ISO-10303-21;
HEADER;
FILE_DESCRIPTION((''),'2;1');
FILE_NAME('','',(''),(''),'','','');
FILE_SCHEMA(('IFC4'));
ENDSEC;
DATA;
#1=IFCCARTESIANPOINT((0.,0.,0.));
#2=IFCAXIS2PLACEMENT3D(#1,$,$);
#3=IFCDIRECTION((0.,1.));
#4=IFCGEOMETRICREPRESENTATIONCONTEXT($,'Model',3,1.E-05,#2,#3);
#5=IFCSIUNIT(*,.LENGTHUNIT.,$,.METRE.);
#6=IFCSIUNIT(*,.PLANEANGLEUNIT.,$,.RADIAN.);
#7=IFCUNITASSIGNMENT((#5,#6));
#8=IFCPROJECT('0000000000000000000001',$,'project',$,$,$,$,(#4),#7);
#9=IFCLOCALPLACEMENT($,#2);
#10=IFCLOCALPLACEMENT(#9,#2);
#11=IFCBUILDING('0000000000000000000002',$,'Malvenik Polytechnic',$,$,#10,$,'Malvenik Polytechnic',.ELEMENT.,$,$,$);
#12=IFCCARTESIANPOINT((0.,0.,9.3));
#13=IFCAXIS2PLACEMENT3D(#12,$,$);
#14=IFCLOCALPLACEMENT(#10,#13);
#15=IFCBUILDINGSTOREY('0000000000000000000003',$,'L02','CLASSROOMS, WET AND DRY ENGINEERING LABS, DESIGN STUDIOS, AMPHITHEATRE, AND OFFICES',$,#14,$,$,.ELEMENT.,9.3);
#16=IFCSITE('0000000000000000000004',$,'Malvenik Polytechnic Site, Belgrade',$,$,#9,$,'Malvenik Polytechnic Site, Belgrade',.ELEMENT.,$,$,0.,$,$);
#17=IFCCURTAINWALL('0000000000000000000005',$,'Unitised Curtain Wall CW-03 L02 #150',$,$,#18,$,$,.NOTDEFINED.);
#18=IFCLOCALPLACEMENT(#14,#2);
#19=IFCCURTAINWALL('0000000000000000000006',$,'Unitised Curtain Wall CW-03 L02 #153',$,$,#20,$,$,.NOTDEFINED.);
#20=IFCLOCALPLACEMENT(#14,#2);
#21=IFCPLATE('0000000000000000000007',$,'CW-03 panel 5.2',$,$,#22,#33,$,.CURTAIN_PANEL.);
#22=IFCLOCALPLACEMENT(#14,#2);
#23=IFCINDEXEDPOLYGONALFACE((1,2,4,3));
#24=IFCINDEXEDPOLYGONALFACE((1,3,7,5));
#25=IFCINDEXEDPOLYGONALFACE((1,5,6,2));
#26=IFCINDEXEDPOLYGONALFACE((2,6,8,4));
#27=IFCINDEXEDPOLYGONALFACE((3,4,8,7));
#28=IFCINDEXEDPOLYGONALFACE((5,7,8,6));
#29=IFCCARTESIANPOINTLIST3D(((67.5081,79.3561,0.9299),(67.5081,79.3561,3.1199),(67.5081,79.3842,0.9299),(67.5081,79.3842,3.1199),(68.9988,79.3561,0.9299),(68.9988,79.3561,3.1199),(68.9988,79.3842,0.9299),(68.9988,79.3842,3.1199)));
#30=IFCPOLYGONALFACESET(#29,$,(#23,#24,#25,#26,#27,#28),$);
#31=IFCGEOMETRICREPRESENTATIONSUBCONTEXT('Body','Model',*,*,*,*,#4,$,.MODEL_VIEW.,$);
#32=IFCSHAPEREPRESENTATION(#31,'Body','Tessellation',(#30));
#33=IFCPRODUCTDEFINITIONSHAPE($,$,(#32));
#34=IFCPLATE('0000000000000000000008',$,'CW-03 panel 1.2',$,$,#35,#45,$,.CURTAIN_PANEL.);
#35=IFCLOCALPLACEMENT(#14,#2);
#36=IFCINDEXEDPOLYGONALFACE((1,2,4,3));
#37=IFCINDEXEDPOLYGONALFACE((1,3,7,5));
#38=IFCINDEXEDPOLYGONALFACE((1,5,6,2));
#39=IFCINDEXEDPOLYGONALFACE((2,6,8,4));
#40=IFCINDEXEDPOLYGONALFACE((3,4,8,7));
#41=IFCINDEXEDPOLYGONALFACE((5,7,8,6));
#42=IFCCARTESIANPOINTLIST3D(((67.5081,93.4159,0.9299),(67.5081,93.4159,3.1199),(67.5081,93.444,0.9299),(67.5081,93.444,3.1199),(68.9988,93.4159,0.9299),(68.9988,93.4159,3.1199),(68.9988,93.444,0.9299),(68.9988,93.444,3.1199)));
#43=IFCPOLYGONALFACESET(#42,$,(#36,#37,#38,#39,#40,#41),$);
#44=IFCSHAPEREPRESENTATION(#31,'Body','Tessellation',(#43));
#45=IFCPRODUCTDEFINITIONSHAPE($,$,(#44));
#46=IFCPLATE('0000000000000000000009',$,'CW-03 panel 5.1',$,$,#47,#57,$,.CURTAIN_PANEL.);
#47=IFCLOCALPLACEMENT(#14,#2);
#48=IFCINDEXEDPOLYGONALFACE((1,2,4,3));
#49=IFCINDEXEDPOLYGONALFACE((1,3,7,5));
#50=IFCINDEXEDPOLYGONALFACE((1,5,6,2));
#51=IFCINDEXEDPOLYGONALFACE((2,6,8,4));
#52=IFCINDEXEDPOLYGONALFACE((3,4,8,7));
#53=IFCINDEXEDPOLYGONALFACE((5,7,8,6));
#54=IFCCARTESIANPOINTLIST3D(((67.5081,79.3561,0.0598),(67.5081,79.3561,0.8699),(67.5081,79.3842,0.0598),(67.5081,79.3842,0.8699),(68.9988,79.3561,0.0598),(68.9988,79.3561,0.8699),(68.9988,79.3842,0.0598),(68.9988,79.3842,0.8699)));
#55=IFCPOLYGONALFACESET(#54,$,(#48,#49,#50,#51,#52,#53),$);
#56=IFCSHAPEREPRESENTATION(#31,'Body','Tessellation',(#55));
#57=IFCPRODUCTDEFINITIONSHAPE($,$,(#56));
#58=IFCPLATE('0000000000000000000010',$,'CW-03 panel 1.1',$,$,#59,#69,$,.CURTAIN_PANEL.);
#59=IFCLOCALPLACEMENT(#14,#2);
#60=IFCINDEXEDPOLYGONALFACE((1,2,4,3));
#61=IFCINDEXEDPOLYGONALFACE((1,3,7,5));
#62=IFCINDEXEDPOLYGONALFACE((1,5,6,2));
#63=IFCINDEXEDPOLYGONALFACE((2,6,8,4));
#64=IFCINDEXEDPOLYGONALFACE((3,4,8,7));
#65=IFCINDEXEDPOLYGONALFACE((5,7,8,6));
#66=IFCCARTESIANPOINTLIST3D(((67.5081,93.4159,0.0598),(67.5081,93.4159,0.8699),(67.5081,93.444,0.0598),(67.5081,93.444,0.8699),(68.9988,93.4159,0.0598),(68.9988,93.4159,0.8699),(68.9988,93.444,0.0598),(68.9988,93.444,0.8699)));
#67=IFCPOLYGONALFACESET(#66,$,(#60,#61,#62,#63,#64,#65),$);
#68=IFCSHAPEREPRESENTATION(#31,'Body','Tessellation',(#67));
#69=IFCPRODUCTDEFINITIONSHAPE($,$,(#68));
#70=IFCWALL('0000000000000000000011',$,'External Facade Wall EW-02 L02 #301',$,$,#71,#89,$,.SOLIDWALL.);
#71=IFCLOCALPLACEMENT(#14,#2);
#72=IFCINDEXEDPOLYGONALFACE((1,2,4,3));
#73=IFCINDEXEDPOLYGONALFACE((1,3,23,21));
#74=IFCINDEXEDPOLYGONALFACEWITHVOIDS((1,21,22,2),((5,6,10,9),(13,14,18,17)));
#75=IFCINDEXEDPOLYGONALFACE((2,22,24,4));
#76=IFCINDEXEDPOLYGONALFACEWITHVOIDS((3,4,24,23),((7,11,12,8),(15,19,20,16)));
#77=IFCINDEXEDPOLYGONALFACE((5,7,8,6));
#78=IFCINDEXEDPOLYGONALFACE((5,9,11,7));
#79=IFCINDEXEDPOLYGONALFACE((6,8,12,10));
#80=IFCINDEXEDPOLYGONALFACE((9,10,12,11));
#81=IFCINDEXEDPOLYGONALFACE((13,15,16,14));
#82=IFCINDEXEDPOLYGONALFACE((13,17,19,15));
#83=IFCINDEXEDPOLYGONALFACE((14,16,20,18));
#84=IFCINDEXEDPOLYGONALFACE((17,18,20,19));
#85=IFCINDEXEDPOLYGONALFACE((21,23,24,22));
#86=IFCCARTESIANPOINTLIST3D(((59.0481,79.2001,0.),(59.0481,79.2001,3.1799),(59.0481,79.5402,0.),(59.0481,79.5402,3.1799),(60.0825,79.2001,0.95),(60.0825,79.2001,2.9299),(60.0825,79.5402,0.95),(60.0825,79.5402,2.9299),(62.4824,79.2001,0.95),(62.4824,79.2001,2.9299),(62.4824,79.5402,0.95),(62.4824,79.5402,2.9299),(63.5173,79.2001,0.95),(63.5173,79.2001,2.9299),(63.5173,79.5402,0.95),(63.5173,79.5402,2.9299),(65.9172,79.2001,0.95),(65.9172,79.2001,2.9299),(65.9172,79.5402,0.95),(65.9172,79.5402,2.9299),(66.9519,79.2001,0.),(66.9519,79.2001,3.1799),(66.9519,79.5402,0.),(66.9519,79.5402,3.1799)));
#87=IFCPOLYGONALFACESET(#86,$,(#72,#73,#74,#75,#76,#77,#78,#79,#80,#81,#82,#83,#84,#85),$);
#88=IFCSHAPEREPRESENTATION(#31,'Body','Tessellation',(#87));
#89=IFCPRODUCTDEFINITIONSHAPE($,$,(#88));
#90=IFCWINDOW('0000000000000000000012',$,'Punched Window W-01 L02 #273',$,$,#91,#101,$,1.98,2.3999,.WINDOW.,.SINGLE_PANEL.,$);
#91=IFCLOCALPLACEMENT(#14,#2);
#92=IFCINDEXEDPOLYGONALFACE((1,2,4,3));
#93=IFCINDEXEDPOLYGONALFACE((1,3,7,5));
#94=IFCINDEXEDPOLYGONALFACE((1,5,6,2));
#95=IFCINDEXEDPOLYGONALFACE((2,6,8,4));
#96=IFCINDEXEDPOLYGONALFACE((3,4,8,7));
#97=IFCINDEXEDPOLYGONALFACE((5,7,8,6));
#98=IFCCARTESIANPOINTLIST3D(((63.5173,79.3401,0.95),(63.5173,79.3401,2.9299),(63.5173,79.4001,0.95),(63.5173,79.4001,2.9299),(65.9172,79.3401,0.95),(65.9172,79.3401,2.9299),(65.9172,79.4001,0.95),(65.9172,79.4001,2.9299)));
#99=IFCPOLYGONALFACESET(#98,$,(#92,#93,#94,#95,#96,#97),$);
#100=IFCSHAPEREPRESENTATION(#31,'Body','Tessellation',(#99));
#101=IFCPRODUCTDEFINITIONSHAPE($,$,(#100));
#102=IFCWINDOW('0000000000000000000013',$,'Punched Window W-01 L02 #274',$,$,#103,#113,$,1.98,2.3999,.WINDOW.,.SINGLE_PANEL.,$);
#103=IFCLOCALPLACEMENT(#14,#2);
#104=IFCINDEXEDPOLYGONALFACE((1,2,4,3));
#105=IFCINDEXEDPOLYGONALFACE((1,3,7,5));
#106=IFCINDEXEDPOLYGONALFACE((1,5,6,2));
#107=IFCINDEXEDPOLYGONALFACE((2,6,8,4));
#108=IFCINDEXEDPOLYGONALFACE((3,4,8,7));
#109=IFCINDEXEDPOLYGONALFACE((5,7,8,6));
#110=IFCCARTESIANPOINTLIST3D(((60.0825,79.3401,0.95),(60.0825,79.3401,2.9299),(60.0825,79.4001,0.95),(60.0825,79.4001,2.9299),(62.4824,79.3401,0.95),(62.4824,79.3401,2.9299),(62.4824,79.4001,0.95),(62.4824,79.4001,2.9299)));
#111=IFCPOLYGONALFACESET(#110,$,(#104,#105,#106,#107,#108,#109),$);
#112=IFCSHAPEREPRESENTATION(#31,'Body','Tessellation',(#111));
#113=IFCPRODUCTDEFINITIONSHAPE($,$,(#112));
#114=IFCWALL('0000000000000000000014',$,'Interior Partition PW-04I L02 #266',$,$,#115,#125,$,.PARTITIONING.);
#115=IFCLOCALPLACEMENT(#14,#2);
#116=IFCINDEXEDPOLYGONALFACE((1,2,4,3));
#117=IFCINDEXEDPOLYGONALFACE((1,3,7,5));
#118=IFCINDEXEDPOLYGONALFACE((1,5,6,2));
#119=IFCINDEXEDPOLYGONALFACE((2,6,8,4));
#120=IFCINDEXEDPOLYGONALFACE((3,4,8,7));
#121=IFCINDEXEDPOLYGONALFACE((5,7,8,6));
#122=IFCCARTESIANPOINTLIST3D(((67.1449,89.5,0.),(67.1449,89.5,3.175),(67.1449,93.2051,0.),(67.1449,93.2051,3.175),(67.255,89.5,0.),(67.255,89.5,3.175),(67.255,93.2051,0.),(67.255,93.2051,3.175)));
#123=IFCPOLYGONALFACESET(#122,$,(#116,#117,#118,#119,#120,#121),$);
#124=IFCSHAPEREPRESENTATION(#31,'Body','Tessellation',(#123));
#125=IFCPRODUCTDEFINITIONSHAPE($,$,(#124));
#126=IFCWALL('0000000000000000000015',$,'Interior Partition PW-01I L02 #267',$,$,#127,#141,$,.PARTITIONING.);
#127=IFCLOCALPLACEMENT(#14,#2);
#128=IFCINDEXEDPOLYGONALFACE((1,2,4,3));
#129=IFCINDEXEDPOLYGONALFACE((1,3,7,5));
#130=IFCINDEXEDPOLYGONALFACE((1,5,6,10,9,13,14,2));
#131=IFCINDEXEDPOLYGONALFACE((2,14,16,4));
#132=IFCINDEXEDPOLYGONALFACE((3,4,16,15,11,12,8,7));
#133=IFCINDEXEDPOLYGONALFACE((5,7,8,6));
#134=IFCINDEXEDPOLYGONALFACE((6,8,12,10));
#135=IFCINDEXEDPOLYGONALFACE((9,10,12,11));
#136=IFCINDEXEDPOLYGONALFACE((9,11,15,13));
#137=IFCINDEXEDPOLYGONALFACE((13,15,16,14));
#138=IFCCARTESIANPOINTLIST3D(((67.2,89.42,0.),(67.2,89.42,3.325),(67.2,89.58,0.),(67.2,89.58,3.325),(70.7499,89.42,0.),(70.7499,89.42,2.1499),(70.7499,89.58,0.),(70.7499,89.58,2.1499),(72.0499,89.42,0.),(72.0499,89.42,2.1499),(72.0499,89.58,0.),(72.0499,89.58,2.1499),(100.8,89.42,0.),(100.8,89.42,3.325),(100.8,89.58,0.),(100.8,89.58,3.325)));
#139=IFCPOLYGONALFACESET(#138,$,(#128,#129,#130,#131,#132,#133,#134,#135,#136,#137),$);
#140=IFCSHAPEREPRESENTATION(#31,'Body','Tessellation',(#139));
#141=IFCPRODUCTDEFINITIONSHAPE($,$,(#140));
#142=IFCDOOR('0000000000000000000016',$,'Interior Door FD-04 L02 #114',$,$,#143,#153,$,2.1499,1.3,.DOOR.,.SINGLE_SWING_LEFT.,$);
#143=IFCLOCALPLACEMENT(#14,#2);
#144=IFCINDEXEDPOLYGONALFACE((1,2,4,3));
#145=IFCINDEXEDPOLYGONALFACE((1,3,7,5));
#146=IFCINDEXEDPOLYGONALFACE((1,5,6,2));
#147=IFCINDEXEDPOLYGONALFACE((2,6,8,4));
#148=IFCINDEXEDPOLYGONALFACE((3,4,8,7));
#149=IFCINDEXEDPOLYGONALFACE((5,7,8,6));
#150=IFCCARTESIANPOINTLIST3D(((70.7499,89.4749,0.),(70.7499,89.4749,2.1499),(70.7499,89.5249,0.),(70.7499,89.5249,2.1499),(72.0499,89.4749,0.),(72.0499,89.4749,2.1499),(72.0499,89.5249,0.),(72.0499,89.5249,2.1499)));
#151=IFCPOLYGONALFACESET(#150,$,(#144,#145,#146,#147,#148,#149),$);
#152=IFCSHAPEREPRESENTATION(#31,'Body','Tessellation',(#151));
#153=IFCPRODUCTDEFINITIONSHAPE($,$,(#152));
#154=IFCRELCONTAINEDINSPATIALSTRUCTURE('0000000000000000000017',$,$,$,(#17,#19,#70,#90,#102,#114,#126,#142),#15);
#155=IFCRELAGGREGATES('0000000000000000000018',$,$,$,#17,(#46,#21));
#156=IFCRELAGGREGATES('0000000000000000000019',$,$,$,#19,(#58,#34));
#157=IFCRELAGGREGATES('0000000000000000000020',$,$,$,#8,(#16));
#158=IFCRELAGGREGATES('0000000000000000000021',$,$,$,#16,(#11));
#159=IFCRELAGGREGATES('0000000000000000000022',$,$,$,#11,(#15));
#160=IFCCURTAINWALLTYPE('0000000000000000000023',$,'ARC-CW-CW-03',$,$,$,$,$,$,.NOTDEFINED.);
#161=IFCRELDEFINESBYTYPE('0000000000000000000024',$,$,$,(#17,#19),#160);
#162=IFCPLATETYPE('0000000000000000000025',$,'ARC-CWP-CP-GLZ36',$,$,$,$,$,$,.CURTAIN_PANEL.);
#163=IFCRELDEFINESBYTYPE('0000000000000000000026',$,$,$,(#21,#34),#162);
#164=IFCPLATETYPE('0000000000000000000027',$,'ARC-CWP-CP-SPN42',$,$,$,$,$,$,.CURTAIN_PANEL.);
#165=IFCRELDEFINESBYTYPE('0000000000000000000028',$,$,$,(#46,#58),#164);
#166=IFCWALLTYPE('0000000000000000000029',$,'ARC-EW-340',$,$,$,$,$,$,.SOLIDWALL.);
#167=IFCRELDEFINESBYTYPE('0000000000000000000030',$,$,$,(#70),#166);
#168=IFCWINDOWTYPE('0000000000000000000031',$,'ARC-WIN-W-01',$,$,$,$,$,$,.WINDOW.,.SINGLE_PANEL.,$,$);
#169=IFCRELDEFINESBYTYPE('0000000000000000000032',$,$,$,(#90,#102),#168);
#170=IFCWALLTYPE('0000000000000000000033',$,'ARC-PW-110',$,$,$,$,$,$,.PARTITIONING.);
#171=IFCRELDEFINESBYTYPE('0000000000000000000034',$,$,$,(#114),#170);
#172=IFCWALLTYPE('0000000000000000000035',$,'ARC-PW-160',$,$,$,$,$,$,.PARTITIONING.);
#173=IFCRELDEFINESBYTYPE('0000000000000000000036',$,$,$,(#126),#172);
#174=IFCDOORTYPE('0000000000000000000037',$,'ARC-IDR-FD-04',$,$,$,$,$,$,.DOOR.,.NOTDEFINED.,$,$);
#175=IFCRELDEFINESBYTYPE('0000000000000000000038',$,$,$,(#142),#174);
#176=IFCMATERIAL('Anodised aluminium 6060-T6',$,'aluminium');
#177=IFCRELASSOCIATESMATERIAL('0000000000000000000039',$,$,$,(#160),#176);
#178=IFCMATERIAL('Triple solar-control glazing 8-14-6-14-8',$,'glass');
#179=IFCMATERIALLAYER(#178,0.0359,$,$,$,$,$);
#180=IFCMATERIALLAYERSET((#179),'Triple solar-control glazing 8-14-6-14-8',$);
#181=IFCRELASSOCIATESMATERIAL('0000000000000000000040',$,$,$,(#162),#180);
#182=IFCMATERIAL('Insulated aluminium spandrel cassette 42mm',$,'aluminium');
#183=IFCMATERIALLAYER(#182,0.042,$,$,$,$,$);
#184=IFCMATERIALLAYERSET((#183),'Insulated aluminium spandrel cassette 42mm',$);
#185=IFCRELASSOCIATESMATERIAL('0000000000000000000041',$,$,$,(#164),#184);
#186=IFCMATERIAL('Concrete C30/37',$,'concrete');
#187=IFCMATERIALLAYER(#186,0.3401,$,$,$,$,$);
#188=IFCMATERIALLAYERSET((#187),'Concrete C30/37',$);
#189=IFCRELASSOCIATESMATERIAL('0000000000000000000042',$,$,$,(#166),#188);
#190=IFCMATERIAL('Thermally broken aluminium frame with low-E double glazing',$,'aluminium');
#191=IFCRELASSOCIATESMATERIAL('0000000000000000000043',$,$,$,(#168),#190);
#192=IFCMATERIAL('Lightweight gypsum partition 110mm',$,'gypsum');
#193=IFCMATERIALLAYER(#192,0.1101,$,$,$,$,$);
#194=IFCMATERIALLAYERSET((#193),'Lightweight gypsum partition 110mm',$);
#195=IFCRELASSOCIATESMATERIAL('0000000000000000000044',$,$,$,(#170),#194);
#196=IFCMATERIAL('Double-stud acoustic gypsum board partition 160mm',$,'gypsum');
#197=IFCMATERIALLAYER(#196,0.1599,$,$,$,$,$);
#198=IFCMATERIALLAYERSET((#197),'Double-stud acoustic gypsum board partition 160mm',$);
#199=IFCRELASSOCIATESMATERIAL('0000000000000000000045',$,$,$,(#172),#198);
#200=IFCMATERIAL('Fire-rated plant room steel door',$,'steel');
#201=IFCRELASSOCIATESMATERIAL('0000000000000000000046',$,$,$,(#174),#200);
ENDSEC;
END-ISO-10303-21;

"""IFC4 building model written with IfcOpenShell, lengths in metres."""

from ifc_helpers import new_model, si_unit, direction, frame, frame_2d, origin, origin_2d, place, context, subcontext, project, spatial, rectangle, extrude, material, layer, layer_set, type_object, element, fill, aggregate, save


model = new_model("IFC4")

# Units and contexts
model_context = context("Model", 3, precision=1e-05, world=origin(), true_north=direction((0.0, 1.0)))
body_context = subcontext(model_context, "Body", "Model", "MODEL_VIEW")
ifc_project = project(units=[si_unit("LENGTHUNIT", "METRE"), si_unit("PLANEANGLEUNIT", "RADIAN")], contexts=[model_context])

# Site, building, storey
site_placement = place(None, origin())
site = spatial("IfcSite", under=ifc_project, at=site_placement, Name="Malvenik Polytechnic Site, Belgrade", LongName="Malvenik Polytechnic Site, Belgrade", CompositionType="ELEMENT", RefElevation=0.0)
building_placement = place(site_placement, origin())
building = spatial("IfcBuilding", under=site, at=building_placement, Name="Malvenik Polytechnic", LongName="Malvenik Polytechnic", CompositionType="ELEMENT")
storey_placement = place(building_placement, frame((0.0, 0.0, 9.3)))
storey = spatial("IfcBuildingStorey", under=building, at=storey_placement, Name="L02", Description="CLASSROOMS, WET AND DRY ENGINEERING LABS, DESIGN STUDIOS, AMPHITHEATRE, AND OFFICES", CompositionType="ELEMENT", Elevation=9.3)

# Curtain wall
ifc_material_1 = material(Name="Anodised aluminium 6060-T6", Category="aluminium")
curtain_wall_type = type_object("IfcCurtainWallType", Name="ARC-CW-CW-03", PredefinedType="NOTDEFINED", material=ifc_material_1)
curtain_wall_1_placement = place(storey_placement, origin())
curtain_wall_1 = element("IfcCurtainWall", 1, at=curtain_wall_1_placement, inside=storey, type_object=curtain_wall_type, Name="Unitised Curtain Wall CW-03 L02 #150", PredefinedType="NOTDEFINED")

# Curtain wall
curtain_wall_2_placement = place(storey_placement, origin())
curtain_wall_2 = element("IfcCurtainWall", 2, at=curtain_wall_2_placement, inside=storey, type_object=curtain_wall_type, Name="Unitised Curtain Wall CW-03 L02 #153", PredefinedType="NOTDEFINED")

# Shared definitions
ifc_material_2 = material(Name="Concrete C30/37", Category="concrete")

# Plates
ifc_material_3 = material(Name="Triple solar-control glazing 8-14-6-14-8", Category="glass")
ifc_layer_1 = layer(ifc_material_3, 0.0359)
ifc_layer_set_1 = layer_set([ifc_layer_1], Name="Triple solar-control glazing 8-14-6-14-8")
plate_type_1 = type_object("IfcPlateType", Name="ARC-CWP-CP-GLZ36", PredefinedType="CURTAIN_PANEL", material=ifc_layer_set_1)
plate_1_placement = place(storey_placement, frame((68.2534, 79.3701, 0.9299), z_axis=(0.0, 0.0, 1.0), x_axis=(-1.0, 0.0, 0.0)))
plate_1 = element("IfcPlate", 3, at=plate_1_placement, type_object=plate_type_1, Name="CW-03 panel 5.2", PredefinedType="CURTAIN_PANEL", context=body_context, shape_type="SweptSolid", body=[
    extrude(rectangle(XDim=1.4907, YDim=0.0281, at=origin_2d()), origin(), (0.0, 0.0, 1.0), 2.1899),
])
plate_2_placement = place(storey_placement, frame((68.2534, 93.4299, 0.9299), z_axis=(0.0, 0.0, 1.0), x_axis=(1.0, 0.0, 0.0)))
plate_2 = element("IfcPlate", 4, at=plate_2_placement, type_object=plate_type_1, Name="CW-03 panel 1.2", PredefinedType="CURTAIN_PANEL", context=body_context, shape_type="SweptSolid", body=[
    extrude(rectangle(XDim=1.4907, YDim=0.0281, at=origin_2d()), origin(), (0.0, 0.0, 1.0), 2.1899),
])
ifc_material_4 = material(Name="Insulated aluminium spandrel cassette 42mm", Category="aluminium")
ifc_layer_2 = layer(ifc_material_4, 0.042)
ifc_layer_set_2 = layer_set([ifc_layer_2], Name="Insulated aluminium spandrel cassette 42mm")
plate_type_2 = type_object("IfcPlateType", Name="ARC-CWP-CP-SPN42", PredefinedType="CURTAIN_PANEL", material=ifc_layer_set_2)
plate_3_placement = place(storey_placement, frame((68.2534, 79.3701, 0.0598), z_axis=(0.0, 0.0, 1.0), x_axis=(-1.0, 0.0, 0.0)))
plate_3 = element("IfcPlate", 5, at=plate_3_placement, type_object=plate_type_2, Name="CW-03 panel 5.1", PredefinedType="CURTAIN_PANEL", context=body_context, shape_type="SweptSolid", body=[
    extrude(rectangle(XDim=1.4907, YDim=0.0281, at=origin_2d()), origin(), (0.0, 0.0, 1.0), 0.8101),
])
aggregate(curtain_wall_1, [plate_3, plate_1])
plate_4_placement = place(storey_placement, frame((68.2534, 93.4299, 0.0598), z_axis=(0.0, 0.0, 1.0), x_axis=(1.0, 0.0, 0.0)))
plate_4 = element("IfcPlate", 6, at=plate_4_placement, type_object=plate_type_2, Name="CW-03 panel 1.1", PredefinedType="CURTAIN_PANEL", context=body_context, shape_type="SweptSolid", body=[
    extrude(rectangle(XDim=1.4907, YDim=0.0281, at=origin_2d()), origin(), (0.0, 0.0, 1.0), 0.8101),
])
aggregate(curtain_wall_2, [plate_4, plate_2])

# Wall, openings, windows
ifc_layer_3 = layer(ifc_material_2, 0.3401)
ifc_layer_set_3 = layer_set([ifc_layer_3], Name="Concrete C30/37")
wall_type_1 = type_object("IfcWallType", Name="ARC-EW-340", PredefinedType="SOLIDWALL", material=ifc_layer_set_3)
wall_1_placement = place(storey_placement, frame((66.9519, 79.3701, 0.0), z_axis=(0.0, 0.0, 1.0), x_axis=(-1.0, 0.0, 0.0)))
wall_1 = element("IfcWall", 7, at=wall_1_placement, inside=storey, type_object=wall_type_1, Name="External Facade Wall EW-02 L02 #301", PredefinedType="SOLIDWALL", context=body_context, shape_type="SweptSolid", body=[
    extrude(rectangle(XDim=7.9038, YDim=0.3401, at=frame_2d((3.9519, 0.0))), origin(), (0.0, 0.0, 1.0), 3.1799),
])
opening_1_placement = place(wall_1_placement, frame((1.0347, 0.0, 0.95)))
opening_1 = element("IfcOpeningElement", 8, at=opening_1_placement, cuts=wall_1, PredefinedType="OPENING", context=body_context, shape_type="SweptSolid", body=[
    extrude(rectangle(XDim=2.3999, YDim=1.98, at=frame_2d((1.2, 0.99))), frame((0.0, 0.1802, 0.0), z_axis=(0.0, -1.0, 0.0), x_axis=(1.0, 0.0, 0.0)), (0.0, 0.0, 1.0), 0.3601),
])
opening_2_placement = place(wall_1_placement, frame((4.4695, 0.0, 0.95)))
opening_2 = element("IfcOpeningElement", 9, at=opening_2_placement, cuts=wall_1, PredefinedType="OPENING", context=body_context, shape_type="SweptSolid", body=[
    extrude(rectangle(XDim=2.3999, YDim=1.98, at=frame_2d((1.2, 0.99))), frame((0.0, 0.1802, 0.0), z_axis=(0.0, -1.0, 0.0), x_axis=(1.0, 0.0, 0.0)), (0.0, 0.0, 1.0), 0.3601),
])
ifc_material_5 = material(Name="Thermally broken aluminium frame with low-E double glazing", Category="aluminium")
window_type = type_object("IfcWindowType", Name="ARC-WIN-W-01", PartitioningType="SINGLE_PANEL", PredefinedType="WINDOW", material=ifc_material_5)
window_1_placement = place(opening_1_placement, origin())
window_1 = element("IfcWindow", 10, at=window_1_placement, inside=storey, type_object=window_type, Name="Punched Window W-01 L02 #273", OverallHeight=1.98, OverallWidth=2.3999, PartitioningType="SINGLE_PANEL", PredefinedType="WINDOW", context=body_context, shape_type="SweptSolid", body=[
    extrude(rectangle(XDim=2.3999, YDim=1.98, at=frame_2d((1.2, 0.99))), frame((0.0, 0.03, 0.0), z_axis=(0.0, -1.0, 0.0), x_axis=(1.0, 0.0, 0.0)), (0.0, 0.0, 1.0), 0.0601),
])
fill(opening_1, window_1)
window_2_placement = place(opening_2_placement, origin())
window_2 = element("IfcWindow", 11, at=window_2_placement, inside=storey, type_object=window_type, Name="Punched Window W-01 L02 #274", OverallHeight=1.98, OverallWidth=2.3999, PartitioningType="SINGLE_PANEL", PredefinedType="WINDOW", context=body_context, shape_type="SweptSolid", body=[
    extrude(rectangle(XDim=2.3999, YDim=1.98, at=frame_2d((1.2, 0.99))), frame((0.0, 0.03, 0.0), z_axis=(0.0, -1.0, 0.0), x_axis=(1.0, 0.0, 0.0)), (0.0, 0.0, 1.0), 0.0601),
])
fill(opening_2, window_2)

# Wall
ifc_material_6 = material(Name="Lightweight gypsum partition 110mm", Category="gypsum")
ifc_layer_4 = layer(ifc_material_6, 0.1101)
ifc_layer_set_4 = layer_set([ifc_layer_4], Name="Lightweight gypsum partition 110mm")
wall_type_2 = type_object("IfcWallType", Name="ARC-PW-110", PredefinedType="PARTITIONING", material=ifc_layer_set_4)
wall_2_placement = place(storey_placement, frame((67.2, 89.5, 0.0), z_axis=(0.0, 0.0, 1.0), x_axis=(0.0, 1.0, 0.0)))
element("IfcWall", 12, at=wall_2_placement, inside=storey, type_object=wall_type_2, Name="Interior Partition PW-04I L02 #266", PredefinedType="PARTITIONING", context=body_context, shape_type="SweptSolid", body=[
    extrude(rectangle(XDim=3.7051, YDim=0.1101, at=frame_2d((1.8525, 0.0))), origin(), (0.0, 0.0, 1.0), 3.175),
])

# Wall, opening, door
ifc_material_7 = material(Name="Double-stud acoustic gypsum board partition 160mm", Category="gypsum")
ifc_layer_5 = layer(ifc_material_7, 0.1599)
ifc_layer_set_5 = layer_set([ifc_layer_5], Name="Double-stud acoustic gypsum board partition 160mm")
wall_type_3 = type_object("IfcWallType", Name="ARC-PW-160", PredefinedType="PARTITIONING", material=ifc_layer_set_5)
wall_3_placement = place(storey_placement, frame((67.2, 89.5, 0.0), z_axis=(0.0, 0.0, 1.0), x_axis=(1.0, 0.0, 0.0)))
wall_3 = element("IfcWall", 13, at=wall_3_placement, inside=storey, type_object=wall_type_3, Name="Interior Partition PW-01I L02 #267", PredefinedType="PARTITIONING", context=body_context, shape_type="SweptSolid", body=[
    extrude(rectangle(XDim=33.6001, YDim=0.1599, at=frame_2d((16.8, 0.0))), origin(), (0.0, 0.0, 1.0), 3.325),
])
opening_3_placement = place(wall_3_placement, frame((3.55, 0.0, 0.0)))
opening_3 = element("IfcOpeningElement", 14, at=opening_3_placement, cuts=wall_3, PredefinedType="OPENING", context=body_context, shape_type="SweptSolid", body=[
    extrude(rectangle(XDim=1.3, YDim=2.1499, at=frame_2d((0.6499, 1.075))), frame((0.0, 0.0898, 0.0), z_axis=(0.0, -1.0, 0.0), x_axis=(1.0, 0.0, 0.0)), (0.0, 0.0, 1.0), 0.1799),
])
ifc_material_8 = material(Name="Fire-rated plant room steel door", Category="steel")
door_type = type_object("IfcDoorType", Name="ARC-IDR-FD-04", OperationType="NOTDEFINED", PredefinedType="DOOR", material=ifc_material_8)
door_placement = place(opening_3_placement, origin())
door = element("IfcDoor", 15, at=door_placement, inside=storey, type_object=door_type, Name="Interior Door FD-04 L02 #114", OperationType="SINGLE_SWING_LEFT", OverallHeight=2.1499, OverallWidth=1.3, PredefinedType="DOOR", context=body_context, shape_type="SweptSolid", body=[
    extrude(rectangle(XDim=1.3, YDim=2.1499, at=frame_2d((0.6499, 1.075))), frame((0.0, 0.0249, 0.0), z_axis=(0.0, -1.0, 0.0), x_axis=(1.0, 0.0, 0.0)), (0.0, 0.0, 1.0), 0.05),
])
fill(opening_3, door)

save(model, "model.ifc")
